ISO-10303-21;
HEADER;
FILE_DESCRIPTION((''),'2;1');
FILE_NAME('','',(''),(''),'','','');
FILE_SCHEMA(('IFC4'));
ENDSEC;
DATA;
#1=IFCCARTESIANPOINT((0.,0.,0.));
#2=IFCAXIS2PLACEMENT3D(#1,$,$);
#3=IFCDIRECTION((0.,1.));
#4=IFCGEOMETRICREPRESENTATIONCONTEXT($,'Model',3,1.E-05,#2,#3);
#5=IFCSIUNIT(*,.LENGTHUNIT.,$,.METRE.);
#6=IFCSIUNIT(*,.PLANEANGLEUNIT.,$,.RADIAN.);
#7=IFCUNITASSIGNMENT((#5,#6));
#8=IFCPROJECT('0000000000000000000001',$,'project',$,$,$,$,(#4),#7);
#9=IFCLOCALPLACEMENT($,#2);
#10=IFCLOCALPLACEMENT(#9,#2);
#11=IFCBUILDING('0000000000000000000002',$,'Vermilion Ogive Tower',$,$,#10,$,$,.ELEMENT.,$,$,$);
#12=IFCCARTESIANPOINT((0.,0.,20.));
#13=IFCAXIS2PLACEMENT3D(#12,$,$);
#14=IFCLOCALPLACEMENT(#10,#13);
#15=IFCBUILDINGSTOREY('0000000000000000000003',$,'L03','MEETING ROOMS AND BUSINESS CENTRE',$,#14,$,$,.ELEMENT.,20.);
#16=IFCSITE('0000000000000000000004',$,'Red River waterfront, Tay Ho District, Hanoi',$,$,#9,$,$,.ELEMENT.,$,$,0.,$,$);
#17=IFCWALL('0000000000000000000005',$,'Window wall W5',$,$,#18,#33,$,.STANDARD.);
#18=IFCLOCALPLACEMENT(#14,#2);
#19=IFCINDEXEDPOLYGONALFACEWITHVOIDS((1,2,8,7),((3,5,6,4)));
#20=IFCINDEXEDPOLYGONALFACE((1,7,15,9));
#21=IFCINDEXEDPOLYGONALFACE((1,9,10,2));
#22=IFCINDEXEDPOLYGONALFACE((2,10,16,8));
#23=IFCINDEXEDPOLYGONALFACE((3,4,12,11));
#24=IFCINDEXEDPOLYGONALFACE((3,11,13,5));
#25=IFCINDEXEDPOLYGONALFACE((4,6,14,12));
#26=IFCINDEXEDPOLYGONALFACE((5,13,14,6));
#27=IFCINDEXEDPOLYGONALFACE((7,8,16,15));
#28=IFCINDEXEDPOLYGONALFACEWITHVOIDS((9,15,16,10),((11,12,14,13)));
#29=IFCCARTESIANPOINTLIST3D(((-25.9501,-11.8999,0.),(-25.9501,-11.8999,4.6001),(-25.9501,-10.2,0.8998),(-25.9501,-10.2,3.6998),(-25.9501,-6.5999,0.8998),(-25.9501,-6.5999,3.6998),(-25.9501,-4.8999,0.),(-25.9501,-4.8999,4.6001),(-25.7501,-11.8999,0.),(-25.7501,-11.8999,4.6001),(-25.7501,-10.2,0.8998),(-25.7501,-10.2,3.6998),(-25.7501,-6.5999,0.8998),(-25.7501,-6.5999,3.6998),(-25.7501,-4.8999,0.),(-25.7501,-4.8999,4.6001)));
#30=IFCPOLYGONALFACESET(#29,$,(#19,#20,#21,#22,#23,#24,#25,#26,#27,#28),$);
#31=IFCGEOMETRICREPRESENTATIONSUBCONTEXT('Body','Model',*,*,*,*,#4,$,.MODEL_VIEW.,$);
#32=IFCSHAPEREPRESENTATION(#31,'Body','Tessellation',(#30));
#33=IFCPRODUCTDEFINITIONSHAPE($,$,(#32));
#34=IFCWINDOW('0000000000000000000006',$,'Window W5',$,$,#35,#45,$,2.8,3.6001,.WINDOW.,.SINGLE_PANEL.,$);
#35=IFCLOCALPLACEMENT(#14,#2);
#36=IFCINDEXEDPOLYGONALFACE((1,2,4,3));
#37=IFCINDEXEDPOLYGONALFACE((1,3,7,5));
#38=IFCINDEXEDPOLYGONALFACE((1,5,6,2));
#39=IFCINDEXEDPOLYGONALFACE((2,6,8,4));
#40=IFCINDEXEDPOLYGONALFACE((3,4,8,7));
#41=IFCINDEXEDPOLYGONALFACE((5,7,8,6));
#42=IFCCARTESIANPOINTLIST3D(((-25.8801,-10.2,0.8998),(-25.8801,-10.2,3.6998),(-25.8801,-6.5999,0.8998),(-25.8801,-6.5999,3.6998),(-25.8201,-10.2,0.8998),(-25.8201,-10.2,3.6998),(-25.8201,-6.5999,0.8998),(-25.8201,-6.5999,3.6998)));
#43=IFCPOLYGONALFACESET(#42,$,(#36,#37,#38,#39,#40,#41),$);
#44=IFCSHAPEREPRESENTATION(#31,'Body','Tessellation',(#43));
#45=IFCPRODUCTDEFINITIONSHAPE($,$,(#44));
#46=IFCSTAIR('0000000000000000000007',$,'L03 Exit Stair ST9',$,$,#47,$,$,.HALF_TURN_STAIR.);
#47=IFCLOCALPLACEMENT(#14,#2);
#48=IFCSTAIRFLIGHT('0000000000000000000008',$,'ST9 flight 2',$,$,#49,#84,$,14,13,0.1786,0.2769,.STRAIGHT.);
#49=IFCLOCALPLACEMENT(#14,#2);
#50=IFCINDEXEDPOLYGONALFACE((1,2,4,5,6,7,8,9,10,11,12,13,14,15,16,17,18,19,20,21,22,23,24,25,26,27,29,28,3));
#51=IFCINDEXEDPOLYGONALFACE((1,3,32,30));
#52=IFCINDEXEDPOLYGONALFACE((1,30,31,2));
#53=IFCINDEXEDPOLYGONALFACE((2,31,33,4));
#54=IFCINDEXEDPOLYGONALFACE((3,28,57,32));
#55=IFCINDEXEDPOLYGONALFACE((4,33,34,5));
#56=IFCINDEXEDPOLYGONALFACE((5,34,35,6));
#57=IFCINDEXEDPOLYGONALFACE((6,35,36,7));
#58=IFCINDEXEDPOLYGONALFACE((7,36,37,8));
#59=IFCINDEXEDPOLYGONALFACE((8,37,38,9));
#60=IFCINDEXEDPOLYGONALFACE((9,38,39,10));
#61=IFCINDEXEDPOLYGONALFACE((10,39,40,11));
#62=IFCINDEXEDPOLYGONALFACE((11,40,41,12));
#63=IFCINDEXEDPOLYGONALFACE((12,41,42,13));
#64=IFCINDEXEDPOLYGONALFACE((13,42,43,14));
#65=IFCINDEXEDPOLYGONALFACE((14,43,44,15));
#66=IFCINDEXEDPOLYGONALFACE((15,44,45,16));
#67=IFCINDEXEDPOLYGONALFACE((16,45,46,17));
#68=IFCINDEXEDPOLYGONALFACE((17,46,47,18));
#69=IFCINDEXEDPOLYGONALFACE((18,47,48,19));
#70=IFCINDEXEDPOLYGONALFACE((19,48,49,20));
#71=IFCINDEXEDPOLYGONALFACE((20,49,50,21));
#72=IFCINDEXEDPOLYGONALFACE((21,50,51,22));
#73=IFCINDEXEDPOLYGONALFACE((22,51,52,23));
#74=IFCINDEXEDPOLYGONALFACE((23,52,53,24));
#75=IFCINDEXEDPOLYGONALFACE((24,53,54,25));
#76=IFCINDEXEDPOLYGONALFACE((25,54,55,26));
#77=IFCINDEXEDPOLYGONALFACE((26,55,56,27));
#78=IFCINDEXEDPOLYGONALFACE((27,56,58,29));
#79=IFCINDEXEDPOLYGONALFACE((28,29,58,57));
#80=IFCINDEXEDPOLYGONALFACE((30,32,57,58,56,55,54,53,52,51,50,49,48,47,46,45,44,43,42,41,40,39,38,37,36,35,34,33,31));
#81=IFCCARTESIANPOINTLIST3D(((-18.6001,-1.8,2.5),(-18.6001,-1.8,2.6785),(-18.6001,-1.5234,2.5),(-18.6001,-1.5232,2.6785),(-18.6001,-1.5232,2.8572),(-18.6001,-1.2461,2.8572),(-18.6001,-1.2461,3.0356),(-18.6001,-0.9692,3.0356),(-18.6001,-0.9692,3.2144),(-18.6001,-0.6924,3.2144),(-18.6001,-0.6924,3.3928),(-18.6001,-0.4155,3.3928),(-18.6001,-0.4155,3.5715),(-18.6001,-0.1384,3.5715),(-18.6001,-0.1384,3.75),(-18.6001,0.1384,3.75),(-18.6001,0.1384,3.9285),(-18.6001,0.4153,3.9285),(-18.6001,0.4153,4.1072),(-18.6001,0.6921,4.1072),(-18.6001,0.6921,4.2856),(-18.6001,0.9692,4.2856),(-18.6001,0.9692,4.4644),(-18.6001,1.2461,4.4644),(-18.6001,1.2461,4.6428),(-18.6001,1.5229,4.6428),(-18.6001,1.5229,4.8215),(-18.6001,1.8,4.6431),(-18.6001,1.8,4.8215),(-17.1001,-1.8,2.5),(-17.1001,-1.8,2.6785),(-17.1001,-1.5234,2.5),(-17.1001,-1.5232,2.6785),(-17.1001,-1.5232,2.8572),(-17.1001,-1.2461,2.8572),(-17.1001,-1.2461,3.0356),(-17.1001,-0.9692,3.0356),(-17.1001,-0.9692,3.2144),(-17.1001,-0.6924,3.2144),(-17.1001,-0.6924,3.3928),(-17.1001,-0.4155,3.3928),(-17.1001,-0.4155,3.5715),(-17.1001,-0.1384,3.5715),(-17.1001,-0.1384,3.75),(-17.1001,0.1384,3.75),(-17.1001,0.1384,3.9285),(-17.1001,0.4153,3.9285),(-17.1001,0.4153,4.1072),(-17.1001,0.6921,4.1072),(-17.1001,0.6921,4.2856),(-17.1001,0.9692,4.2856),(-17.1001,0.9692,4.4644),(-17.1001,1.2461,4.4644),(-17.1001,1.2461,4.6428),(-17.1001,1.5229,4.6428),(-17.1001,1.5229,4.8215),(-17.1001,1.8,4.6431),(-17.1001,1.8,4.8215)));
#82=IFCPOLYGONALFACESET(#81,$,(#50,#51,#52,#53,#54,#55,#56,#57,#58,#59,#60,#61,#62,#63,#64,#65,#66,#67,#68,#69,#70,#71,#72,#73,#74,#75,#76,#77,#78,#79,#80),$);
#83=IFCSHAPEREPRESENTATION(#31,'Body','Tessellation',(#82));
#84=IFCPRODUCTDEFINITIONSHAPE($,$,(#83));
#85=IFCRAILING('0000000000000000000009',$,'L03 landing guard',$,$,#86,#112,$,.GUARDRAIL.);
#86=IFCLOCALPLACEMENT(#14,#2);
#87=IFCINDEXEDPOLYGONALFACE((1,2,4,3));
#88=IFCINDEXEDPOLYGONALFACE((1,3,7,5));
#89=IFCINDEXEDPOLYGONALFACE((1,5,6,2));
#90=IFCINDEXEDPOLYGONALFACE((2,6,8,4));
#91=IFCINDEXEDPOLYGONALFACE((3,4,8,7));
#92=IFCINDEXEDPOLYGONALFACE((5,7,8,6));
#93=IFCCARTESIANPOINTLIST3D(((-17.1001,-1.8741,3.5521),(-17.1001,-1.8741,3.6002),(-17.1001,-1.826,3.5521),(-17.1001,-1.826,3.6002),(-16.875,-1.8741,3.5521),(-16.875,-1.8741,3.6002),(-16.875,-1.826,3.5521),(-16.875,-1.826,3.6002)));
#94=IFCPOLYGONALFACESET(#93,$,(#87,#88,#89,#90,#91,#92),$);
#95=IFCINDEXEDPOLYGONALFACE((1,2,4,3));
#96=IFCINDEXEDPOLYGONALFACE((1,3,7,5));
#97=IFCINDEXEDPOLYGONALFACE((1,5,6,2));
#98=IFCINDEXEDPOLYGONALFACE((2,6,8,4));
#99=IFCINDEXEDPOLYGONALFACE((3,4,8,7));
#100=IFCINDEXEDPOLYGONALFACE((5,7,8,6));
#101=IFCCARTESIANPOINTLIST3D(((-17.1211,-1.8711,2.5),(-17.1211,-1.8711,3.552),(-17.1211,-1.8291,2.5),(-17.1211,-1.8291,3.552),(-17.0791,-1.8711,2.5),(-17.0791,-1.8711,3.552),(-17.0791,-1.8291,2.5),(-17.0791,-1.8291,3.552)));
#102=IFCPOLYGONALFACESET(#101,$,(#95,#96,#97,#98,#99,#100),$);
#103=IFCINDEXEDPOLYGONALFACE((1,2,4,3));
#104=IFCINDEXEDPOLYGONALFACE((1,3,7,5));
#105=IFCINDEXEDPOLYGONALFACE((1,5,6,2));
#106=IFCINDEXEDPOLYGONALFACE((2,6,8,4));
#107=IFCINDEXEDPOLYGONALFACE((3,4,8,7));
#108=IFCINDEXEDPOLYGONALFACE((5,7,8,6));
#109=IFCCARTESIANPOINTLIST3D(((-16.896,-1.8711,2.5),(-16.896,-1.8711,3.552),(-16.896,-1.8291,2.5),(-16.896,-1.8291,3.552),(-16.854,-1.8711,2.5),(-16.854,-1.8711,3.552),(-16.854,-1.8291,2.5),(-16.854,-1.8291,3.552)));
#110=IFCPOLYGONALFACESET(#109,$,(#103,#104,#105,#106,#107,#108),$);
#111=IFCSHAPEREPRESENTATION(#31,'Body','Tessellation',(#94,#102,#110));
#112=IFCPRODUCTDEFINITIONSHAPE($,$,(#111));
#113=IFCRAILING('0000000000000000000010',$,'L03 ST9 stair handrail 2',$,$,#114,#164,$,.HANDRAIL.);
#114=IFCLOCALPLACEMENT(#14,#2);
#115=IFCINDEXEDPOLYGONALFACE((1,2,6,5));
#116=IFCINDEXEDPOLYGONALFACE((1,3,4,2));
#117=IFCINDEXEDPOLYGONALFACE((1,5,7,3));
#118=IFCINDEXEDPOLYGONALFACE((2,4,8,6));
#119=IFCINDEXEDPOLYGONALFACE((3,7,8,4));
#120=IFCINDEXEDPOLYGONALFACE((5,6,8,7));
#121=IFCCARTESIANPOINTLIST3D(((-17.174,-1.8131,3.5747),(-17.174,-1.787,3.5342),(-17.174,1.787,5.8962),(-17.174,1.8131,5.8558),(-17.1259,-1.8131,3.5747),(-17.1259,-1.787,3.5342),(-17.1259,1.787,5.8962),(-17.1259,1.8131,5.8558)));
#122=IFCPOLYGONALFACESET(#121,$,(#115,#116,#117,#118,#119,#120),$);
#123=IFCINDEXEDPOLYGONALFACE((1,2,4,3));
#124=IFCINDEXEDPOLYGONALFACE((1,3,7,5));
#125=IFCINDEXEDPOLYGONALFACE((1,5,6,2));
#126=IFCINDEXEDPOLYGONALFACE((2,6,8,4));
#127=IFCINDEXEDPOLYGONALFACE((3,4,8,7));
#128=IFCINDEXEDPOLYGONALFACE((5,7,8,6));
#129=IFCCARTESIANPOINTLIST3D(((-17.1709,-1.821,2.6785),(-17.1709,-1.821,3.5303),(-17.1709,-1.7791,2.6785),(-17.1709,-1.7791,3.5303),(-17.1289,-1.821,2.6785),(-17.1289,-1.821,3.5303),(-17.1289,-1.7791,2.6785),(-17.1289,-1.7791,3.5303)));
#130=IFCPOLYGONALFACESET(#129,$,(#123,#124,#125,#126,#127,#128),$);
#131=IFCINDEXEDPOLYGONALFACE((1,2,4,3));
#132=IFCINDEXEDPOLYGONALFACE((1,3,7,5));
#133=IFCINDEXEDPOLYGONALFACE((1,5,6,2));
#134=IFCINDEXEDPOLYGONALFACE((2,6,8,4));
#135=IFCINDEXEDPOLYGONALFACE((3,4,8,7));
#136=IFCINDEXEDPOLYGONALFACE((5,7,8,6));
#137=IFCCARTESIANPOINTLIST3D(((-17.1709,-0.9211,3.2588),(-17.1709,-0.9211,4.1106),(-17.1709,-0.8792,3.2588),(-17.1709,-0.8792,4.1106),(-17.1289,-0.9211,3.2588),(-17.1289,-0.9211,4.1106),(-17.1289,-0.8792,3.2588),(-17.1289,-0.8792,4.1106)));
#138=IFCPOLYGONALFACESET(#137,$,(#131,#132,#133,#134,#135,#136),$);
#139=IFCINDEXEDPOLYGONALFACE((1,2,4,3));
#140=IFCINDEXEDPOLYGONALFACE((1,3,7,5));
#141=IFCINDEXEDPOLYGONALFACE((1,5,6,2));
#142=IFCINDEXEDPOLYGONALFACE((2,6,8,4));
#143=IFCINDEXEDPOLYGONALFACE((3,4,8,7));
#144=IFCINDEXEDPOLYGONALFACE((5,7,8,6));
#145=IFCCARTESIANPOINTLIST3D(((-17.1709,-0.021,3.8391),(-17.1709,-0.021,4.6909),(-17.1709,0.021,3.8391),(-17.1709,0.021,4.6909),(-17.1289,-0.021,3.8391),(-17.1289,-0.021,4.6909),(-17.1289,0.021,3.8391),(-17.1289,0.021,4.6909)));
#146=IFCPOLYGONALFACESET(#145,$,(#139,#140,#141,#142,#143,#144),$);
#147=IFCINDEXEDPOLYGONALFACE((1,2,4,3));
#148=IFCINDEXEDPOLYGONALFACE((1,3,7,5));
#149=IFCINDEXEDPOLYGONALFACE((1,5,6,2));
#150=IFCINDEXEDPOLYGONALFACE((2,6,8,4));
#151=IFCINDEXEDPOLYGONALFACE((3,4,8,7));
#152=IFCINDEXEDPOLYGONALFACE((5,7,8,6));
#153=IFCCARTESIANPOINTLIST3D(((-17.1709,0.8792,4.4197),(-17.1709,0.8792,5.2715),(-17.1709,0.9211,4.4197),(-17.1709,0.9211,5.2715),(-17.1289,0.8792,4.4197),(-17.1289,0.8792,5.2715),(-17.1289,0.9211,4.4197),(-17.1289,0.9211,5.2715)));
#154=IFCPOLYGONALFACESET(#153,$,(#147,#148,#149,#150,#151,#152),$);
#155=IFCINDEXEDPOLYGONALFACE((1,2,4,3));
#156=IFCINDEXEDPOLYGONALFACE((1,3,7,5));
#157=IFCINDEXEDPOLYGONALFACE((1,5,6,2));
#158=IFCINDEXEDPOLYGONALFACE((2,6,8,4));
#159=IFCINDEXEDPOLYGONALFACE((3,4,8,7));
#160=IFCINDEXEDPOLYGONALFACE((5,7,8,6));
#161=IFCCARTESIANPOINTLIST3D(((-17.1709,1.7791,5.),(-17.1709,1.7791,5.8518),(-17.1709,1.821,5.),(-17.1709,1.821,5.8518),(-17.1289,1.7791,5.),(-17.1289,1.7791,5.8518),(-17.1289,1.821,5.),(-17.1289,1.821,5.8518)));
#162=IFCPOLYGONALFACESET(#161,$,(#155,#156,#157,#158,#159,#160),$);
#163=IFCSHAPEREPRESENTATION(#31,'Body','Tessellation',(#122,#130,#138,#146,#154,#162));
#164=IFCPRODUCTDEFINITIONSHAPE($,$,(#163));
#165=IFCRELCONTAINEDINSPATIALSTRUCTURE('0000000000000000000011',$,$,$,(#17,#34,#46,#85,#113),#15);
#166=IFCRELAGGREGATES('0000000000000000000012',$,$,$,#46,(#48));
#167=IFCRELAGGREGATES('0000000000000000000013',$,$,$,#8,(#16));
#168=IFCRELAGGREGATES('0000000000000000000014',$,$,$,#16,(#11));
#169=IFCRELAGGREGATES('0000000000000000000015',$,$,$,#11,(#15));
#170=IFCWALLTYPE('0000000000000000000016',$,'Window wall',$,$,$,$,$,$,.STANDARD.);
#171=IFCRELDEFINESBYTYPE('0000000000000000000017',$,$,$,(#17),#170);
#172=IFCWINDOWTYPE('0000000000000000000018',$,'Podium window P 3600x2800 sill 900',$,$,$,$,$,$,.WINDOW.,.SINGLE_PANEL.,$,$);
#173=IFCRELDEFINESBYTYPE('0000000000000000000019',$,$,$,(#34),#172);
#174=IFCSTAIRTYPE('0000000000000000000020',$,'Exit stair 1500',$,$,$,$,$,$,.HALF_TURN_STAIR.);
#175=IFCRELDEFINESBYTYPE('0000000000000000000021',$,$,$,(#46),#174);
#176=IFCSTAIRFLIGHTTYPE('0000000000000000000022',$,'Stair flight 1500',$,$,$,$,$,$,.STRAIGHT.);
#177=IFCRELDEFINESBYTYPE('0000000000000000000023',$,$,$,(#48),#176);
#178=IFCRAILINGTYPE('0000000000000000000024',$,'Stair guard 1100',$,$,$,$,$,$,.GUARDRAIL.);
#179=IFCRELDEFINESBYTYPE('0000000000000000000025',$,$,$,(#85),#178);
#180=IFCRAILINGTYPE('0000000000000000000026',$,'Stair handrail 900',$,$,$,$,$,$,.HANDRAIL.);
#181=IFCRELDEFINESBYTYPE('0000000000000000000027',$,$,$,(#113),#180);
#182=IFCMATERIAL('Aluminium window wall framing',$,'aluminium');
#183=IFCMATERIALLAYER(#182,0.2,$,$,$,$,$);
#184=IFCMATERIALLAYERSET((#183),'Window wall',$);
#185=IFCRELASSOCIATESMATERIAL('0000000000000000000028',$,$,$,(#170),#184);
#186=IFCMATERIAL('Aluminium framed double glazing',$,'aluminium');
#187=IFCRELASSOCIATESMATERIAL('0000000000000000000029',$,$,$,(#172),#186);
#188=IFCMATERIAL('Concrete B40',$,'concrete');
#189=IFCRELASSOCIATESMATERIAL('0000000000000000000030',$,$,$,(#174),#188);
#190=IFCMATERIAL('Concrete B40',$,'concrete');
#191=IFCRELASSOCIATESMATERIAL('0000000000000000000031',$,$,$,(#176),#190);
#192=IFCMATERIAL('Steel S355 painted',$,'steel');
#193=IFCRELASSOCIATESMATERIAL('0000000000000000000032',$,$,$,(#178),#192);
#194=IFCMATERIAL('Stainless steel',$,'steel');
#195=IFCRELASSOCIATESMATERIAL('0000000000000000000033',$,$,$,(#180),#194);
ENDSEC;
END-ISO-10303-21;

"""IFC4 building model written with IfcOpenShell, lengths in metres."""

from ifc_helpers import new_model, si_unit, direction, frame, frame_2d, origin, origin_2d, place, context, subcontext, project, spatial, polyline, rectangle, outline, extrude, material, layer, layer_set, type_object, element, fill, aggregate, save


model = new_model("IFC4")

# Units and contexts
model_context = context("Model", 3, precision=1e-05, world=origin(), true_north=direction((0.0, 1.0)))
body_context = subcontext(model_context, "Body", "Model", "MODEL_VIEW")
ifc_project = project(units=[si_unit("LENGTHUNIT", "METRE"), si_unit("PLANEANGLEUNIT", "RADIAN")], contexts=[model_context])

# Site, building, storey
site_placement = place(None, origin())
site = spatial("IfcSite", under=ifc_project, at=site_placement, Name="Red River waterfront, Tay Ho District, Hanoi", CompositionType="ELEMENT", RefElevation=0.0)
building_placement = place(site_placement, origin())
building = spatial("IfcBuilding", under=site, at=building_placement, Name="Vermilion Ogive Tower", CompositionType="ELEMENT")
storey_placement = place(building_placement, frame((0.0, 0.0, 20.0)))
storey = spatial("IfcBuildingStorey", under=building, at=storey_placement, Name="L03", Description="MEETING ROOMS AND BUSINESS CENTRE", CompositionType="ELEMENT", Elevation=20.0)

# Wall, opening, window
ifc_material_1 = material(Name="Aluminium window wall framing", Category="aluminium")
ifc_layer_1 = layer(ifc_material_1, 0.2)
ifc_layer_set_1 = layer_set([ifc_layer_1], Name="Window wall")
wall_type_1 = type_object("IfcWallType", Name="Window wall", PredefinedType="STANDARD", material=ifc_layer_set_1)
wall_1_placement = place(storey_placement, frame((-25.8501, -4.8999, 0.0), z_axis=(0.0, 0.0, 1.0), x_axis=(0.0, -1.0, 0.0)))
wall_1 = element("IfcWall", 1, at=wall_1_placement, inside=storey, type_object=wall_type_1, Name="Window wall W5", PredefinedType="STANDARD", context=body_context, shape_type="SweptSolid", body=[
    extrude(rectangle(XDim=7.0, YDim=0.2, at=frame_2d((3.5, 0.0))), origin(), (0.0, 0.0, 1.0), 4.6001),
])
opening_1_placement = place(wall_1_placement, frame((1.7, 0.0, 0.8999)))
opening_1 = element("IfcOpeningElement", 2, at=opening_1_placement, cuts=wall_1, PredefinedType="OPENING", context=body_context, shape_type="SweptSolid", body=[
    extrude(rectangle(XDim=3.6001, YDim=2.8, at=frame_2d((1.8, 1.3999))), frame((0.0, 0.1099, 0.0), z_axis=(0.0, -1.0, 0.0), x_axis=(1.0, 0.0, 0.0)), (0.0, 0.0, 1.0), 0.22),
])
ifc_material_2 = material(Name="Aluminium framed double glazing", Category="aluminium")
window_type = type_object("IfcWindowType", Name="Podium window P 3600x2800 sill 900", PartitioningType="SINGLE_PANEL", PredefinedType="WINDOW", material=ifc_material_2)
window_placement = place(opening_1_placement, origin())
window = element("IfcWindow", 3, at=window_placement, inside=storey, type_object=window_type, Name="Window W5", OverallHeight=2.8, OverallWidth=3.6001, PartitioningType="SINGLE_PANEL", PredefinedType="WINDOW", context=body_context, shape_type="SweptSolid", body=[
    extrude(rectangle(XDim=3.6001, YDim=2.8, at=frame_2d((1.8, 1.3999))), frame((0.0, 0.03, 0.0), z_axis=(0.0, -1.0, 0.0), x_axis=(1.0, 0.0, 0.0)), (0.0, 0.0, 1.0), 0.0601),
])
fill(opening_1, window)

# Stair, stair flight
ifc_material_3 = material(Name="Concrete B40", Category="concrete")
stair_type = type_object("IfcStairType", Name="Exit stair 1500", PredefinedType="HALF_TURN_STAIR", material=ifc_material_3)
stair_placement = place(storey_placement, origin())
stair = element("IfcStair", 4, at=stair_placement, inside=storey, type_object=stair_type, Name="L03 Exit Stair ST9", PredefinedType="HALF_TURN_STAIR")
ifc_material_4 = material(Name="Concrete B40", Category="concrete")
stair_flight_type = type_object("IfcStairFlightType", Name="Stair flight 1500", PredefinedType="STRAIGHT", material=ifc_material_4)
stair_flight_placement = place(storey_placement, frame((-17.8501, -1.8, 2.5), z_axis=(0.0, 0.0, 1.0), x_axis=(0.0, 1.0, 0.0)))
stair_flight = element("IfcStairFlight", 5, at=stair_flight_placement, type_object=stair_flight_type, Name="ST9 flight 2", NumberOfRisers=14, NumberOfTreads=13, PredefinedType="STRAIGHT", RiserHeight=0.1786, TreadLength=0.2769, context=body_context, shape_type="SweptSolid", body=[
    extrude(outline(polyline([(0.0, 0.0), (0.0, 0.1785), (0.2769, 0.1785), (0.2769, 0.3572), (0.554, 0.3572), (0.554, 0.5356), (0.8308, 0.5356), (0.8308, 0.7144), (1.1077, 0.7144), (1.1077, 0.8928), (1.3845, 0.8928), (1.3845, 1.0715), (1.6616, 1.0715), (1.6616, 1.25), (1.9385, 1.25), (1.9385, 1.4285), (2.2153, 1.4285), (2.2153, 1.6072), (2.4922, 1.6072), (2.4922, 1.7856), (2.7693, 1.7856), (2.7693, 1.9644), (3.0461, 1.9644), (3.0461, 2.1428), (3.323, 2.1428), (3.323, 2.3215), (3.6001, 2.3215), (3.6001, 2.5), (3.6001, 2.1431), (0.2766, 0.0), (0.0, 0.0)])), frame((0.0, 0.75, 0.0), z_axis=(0.0, -1.0, 0.0), x_axis=(1.0, 0.0, 0.0)), (0.0, 0.0, 1.0), 1.5),
])
aggregate(stair, [stair_flight])

# Railings
ifc_material_5 = material(Name="Steel S355 painted", Category="steel")
railing_type_1 = type_object("IfcRailingType", Name="Stair guard 1100", PredefinedType="GUARDRAIL", material=ifc_material_5)
railing_1_placement = place(storey_placement, frame((-17.1001, -1.8501, 2.5)))
element("IfcRailing", 6, at=railing_1_placement, inside=storey, type_object=railing_type_1, Name="L03 landing guard", PredefinedType="GUARDRAIL", context=body_context, shape_type="SweptSolid", body=[
    extrude(rectangle(XDim=0.0481, YDim=0.0481, at=origin_2d()), frame((0.0, 0.0, 1.0762), z_axis=(1.0, 0.0, 0.0), x_axis=(0.0, 1.0, 0.0)), (0.0, 0.0, 1.0), 0.2251),
    extrude(rectangle(XDim=0.042, YDim=0.042, at=origin_2d()), origin(), (0.0, 0.0, 1.0), 1.052),
    extrude(rectangle(XDim=0.042, YDim=0.042, at=origin_2d()), frame((0.2251, 0.0, 0.0)), (0.0, 0.0, 1.0), 1.052),
])
ifc_material_6 = material(Name="Stainless steel", Category="steel")
railing_type_2 = type_object("IfcRailingType", Name="Stair handrail 900", PredefinedType="HANDRAIL", material=ifc_material_6)
railing_2_placement = place(storey_placement, frame((-17.1499, -1.8, 2.6785)))
element("IfcRailing", 7, at=railing_2_placement, inside=storey, type_object=railing_type_2, Name="L03 ST9 stair handrail 2", PredefinedType="HANDRAIL", context=body_context, shape_type="SweptSolid", body=[
    extrude(rectangle(XDim=0.0481, YDim=0.0481, at=origin_2d()), frame((0.0, 0.0, 0.876), z_axis=(0.0, 0.840415, 0.541944), x_axis=(-1.0, 0.0, 0.0)), (0.0, 0.0, 1.0), 4.2837),
    extrude(rectangle(XDim=0.042, YDim=0.042, at=origin_2d()), origin(), (0.0, 0.0, 1.0), 0.8518),
    extrude(rectangle(XDim=0.042, YDim=0.042, at=origin_2d()), frame((0.0, 0.8999, 0.5803)), (0.0, 0.0, 1.0), 0.8518),
    extrude(rectangle(XDim=0.042, YDim=0.042, at=origin_2d()), frame((0.0, 1.8, 1.1606)), (0.0, 0.0, 1.0), 0.8518),
    extrude(rectangle(XDim=0.042, YDim=0.042, at=origin_2d()), frame((0.0, 2.7002, 1.7412)), (0.0, 0.0, 1.0), 0.8518),
    extrude(rectangle(XDim=0.042, YDim=0.042, at=origin_2d()), frame((0.0, 3.6001, 2.3215)), (0.0, 0.0, 1.0), 0.8518),
])

save(model, "model.ifc")
